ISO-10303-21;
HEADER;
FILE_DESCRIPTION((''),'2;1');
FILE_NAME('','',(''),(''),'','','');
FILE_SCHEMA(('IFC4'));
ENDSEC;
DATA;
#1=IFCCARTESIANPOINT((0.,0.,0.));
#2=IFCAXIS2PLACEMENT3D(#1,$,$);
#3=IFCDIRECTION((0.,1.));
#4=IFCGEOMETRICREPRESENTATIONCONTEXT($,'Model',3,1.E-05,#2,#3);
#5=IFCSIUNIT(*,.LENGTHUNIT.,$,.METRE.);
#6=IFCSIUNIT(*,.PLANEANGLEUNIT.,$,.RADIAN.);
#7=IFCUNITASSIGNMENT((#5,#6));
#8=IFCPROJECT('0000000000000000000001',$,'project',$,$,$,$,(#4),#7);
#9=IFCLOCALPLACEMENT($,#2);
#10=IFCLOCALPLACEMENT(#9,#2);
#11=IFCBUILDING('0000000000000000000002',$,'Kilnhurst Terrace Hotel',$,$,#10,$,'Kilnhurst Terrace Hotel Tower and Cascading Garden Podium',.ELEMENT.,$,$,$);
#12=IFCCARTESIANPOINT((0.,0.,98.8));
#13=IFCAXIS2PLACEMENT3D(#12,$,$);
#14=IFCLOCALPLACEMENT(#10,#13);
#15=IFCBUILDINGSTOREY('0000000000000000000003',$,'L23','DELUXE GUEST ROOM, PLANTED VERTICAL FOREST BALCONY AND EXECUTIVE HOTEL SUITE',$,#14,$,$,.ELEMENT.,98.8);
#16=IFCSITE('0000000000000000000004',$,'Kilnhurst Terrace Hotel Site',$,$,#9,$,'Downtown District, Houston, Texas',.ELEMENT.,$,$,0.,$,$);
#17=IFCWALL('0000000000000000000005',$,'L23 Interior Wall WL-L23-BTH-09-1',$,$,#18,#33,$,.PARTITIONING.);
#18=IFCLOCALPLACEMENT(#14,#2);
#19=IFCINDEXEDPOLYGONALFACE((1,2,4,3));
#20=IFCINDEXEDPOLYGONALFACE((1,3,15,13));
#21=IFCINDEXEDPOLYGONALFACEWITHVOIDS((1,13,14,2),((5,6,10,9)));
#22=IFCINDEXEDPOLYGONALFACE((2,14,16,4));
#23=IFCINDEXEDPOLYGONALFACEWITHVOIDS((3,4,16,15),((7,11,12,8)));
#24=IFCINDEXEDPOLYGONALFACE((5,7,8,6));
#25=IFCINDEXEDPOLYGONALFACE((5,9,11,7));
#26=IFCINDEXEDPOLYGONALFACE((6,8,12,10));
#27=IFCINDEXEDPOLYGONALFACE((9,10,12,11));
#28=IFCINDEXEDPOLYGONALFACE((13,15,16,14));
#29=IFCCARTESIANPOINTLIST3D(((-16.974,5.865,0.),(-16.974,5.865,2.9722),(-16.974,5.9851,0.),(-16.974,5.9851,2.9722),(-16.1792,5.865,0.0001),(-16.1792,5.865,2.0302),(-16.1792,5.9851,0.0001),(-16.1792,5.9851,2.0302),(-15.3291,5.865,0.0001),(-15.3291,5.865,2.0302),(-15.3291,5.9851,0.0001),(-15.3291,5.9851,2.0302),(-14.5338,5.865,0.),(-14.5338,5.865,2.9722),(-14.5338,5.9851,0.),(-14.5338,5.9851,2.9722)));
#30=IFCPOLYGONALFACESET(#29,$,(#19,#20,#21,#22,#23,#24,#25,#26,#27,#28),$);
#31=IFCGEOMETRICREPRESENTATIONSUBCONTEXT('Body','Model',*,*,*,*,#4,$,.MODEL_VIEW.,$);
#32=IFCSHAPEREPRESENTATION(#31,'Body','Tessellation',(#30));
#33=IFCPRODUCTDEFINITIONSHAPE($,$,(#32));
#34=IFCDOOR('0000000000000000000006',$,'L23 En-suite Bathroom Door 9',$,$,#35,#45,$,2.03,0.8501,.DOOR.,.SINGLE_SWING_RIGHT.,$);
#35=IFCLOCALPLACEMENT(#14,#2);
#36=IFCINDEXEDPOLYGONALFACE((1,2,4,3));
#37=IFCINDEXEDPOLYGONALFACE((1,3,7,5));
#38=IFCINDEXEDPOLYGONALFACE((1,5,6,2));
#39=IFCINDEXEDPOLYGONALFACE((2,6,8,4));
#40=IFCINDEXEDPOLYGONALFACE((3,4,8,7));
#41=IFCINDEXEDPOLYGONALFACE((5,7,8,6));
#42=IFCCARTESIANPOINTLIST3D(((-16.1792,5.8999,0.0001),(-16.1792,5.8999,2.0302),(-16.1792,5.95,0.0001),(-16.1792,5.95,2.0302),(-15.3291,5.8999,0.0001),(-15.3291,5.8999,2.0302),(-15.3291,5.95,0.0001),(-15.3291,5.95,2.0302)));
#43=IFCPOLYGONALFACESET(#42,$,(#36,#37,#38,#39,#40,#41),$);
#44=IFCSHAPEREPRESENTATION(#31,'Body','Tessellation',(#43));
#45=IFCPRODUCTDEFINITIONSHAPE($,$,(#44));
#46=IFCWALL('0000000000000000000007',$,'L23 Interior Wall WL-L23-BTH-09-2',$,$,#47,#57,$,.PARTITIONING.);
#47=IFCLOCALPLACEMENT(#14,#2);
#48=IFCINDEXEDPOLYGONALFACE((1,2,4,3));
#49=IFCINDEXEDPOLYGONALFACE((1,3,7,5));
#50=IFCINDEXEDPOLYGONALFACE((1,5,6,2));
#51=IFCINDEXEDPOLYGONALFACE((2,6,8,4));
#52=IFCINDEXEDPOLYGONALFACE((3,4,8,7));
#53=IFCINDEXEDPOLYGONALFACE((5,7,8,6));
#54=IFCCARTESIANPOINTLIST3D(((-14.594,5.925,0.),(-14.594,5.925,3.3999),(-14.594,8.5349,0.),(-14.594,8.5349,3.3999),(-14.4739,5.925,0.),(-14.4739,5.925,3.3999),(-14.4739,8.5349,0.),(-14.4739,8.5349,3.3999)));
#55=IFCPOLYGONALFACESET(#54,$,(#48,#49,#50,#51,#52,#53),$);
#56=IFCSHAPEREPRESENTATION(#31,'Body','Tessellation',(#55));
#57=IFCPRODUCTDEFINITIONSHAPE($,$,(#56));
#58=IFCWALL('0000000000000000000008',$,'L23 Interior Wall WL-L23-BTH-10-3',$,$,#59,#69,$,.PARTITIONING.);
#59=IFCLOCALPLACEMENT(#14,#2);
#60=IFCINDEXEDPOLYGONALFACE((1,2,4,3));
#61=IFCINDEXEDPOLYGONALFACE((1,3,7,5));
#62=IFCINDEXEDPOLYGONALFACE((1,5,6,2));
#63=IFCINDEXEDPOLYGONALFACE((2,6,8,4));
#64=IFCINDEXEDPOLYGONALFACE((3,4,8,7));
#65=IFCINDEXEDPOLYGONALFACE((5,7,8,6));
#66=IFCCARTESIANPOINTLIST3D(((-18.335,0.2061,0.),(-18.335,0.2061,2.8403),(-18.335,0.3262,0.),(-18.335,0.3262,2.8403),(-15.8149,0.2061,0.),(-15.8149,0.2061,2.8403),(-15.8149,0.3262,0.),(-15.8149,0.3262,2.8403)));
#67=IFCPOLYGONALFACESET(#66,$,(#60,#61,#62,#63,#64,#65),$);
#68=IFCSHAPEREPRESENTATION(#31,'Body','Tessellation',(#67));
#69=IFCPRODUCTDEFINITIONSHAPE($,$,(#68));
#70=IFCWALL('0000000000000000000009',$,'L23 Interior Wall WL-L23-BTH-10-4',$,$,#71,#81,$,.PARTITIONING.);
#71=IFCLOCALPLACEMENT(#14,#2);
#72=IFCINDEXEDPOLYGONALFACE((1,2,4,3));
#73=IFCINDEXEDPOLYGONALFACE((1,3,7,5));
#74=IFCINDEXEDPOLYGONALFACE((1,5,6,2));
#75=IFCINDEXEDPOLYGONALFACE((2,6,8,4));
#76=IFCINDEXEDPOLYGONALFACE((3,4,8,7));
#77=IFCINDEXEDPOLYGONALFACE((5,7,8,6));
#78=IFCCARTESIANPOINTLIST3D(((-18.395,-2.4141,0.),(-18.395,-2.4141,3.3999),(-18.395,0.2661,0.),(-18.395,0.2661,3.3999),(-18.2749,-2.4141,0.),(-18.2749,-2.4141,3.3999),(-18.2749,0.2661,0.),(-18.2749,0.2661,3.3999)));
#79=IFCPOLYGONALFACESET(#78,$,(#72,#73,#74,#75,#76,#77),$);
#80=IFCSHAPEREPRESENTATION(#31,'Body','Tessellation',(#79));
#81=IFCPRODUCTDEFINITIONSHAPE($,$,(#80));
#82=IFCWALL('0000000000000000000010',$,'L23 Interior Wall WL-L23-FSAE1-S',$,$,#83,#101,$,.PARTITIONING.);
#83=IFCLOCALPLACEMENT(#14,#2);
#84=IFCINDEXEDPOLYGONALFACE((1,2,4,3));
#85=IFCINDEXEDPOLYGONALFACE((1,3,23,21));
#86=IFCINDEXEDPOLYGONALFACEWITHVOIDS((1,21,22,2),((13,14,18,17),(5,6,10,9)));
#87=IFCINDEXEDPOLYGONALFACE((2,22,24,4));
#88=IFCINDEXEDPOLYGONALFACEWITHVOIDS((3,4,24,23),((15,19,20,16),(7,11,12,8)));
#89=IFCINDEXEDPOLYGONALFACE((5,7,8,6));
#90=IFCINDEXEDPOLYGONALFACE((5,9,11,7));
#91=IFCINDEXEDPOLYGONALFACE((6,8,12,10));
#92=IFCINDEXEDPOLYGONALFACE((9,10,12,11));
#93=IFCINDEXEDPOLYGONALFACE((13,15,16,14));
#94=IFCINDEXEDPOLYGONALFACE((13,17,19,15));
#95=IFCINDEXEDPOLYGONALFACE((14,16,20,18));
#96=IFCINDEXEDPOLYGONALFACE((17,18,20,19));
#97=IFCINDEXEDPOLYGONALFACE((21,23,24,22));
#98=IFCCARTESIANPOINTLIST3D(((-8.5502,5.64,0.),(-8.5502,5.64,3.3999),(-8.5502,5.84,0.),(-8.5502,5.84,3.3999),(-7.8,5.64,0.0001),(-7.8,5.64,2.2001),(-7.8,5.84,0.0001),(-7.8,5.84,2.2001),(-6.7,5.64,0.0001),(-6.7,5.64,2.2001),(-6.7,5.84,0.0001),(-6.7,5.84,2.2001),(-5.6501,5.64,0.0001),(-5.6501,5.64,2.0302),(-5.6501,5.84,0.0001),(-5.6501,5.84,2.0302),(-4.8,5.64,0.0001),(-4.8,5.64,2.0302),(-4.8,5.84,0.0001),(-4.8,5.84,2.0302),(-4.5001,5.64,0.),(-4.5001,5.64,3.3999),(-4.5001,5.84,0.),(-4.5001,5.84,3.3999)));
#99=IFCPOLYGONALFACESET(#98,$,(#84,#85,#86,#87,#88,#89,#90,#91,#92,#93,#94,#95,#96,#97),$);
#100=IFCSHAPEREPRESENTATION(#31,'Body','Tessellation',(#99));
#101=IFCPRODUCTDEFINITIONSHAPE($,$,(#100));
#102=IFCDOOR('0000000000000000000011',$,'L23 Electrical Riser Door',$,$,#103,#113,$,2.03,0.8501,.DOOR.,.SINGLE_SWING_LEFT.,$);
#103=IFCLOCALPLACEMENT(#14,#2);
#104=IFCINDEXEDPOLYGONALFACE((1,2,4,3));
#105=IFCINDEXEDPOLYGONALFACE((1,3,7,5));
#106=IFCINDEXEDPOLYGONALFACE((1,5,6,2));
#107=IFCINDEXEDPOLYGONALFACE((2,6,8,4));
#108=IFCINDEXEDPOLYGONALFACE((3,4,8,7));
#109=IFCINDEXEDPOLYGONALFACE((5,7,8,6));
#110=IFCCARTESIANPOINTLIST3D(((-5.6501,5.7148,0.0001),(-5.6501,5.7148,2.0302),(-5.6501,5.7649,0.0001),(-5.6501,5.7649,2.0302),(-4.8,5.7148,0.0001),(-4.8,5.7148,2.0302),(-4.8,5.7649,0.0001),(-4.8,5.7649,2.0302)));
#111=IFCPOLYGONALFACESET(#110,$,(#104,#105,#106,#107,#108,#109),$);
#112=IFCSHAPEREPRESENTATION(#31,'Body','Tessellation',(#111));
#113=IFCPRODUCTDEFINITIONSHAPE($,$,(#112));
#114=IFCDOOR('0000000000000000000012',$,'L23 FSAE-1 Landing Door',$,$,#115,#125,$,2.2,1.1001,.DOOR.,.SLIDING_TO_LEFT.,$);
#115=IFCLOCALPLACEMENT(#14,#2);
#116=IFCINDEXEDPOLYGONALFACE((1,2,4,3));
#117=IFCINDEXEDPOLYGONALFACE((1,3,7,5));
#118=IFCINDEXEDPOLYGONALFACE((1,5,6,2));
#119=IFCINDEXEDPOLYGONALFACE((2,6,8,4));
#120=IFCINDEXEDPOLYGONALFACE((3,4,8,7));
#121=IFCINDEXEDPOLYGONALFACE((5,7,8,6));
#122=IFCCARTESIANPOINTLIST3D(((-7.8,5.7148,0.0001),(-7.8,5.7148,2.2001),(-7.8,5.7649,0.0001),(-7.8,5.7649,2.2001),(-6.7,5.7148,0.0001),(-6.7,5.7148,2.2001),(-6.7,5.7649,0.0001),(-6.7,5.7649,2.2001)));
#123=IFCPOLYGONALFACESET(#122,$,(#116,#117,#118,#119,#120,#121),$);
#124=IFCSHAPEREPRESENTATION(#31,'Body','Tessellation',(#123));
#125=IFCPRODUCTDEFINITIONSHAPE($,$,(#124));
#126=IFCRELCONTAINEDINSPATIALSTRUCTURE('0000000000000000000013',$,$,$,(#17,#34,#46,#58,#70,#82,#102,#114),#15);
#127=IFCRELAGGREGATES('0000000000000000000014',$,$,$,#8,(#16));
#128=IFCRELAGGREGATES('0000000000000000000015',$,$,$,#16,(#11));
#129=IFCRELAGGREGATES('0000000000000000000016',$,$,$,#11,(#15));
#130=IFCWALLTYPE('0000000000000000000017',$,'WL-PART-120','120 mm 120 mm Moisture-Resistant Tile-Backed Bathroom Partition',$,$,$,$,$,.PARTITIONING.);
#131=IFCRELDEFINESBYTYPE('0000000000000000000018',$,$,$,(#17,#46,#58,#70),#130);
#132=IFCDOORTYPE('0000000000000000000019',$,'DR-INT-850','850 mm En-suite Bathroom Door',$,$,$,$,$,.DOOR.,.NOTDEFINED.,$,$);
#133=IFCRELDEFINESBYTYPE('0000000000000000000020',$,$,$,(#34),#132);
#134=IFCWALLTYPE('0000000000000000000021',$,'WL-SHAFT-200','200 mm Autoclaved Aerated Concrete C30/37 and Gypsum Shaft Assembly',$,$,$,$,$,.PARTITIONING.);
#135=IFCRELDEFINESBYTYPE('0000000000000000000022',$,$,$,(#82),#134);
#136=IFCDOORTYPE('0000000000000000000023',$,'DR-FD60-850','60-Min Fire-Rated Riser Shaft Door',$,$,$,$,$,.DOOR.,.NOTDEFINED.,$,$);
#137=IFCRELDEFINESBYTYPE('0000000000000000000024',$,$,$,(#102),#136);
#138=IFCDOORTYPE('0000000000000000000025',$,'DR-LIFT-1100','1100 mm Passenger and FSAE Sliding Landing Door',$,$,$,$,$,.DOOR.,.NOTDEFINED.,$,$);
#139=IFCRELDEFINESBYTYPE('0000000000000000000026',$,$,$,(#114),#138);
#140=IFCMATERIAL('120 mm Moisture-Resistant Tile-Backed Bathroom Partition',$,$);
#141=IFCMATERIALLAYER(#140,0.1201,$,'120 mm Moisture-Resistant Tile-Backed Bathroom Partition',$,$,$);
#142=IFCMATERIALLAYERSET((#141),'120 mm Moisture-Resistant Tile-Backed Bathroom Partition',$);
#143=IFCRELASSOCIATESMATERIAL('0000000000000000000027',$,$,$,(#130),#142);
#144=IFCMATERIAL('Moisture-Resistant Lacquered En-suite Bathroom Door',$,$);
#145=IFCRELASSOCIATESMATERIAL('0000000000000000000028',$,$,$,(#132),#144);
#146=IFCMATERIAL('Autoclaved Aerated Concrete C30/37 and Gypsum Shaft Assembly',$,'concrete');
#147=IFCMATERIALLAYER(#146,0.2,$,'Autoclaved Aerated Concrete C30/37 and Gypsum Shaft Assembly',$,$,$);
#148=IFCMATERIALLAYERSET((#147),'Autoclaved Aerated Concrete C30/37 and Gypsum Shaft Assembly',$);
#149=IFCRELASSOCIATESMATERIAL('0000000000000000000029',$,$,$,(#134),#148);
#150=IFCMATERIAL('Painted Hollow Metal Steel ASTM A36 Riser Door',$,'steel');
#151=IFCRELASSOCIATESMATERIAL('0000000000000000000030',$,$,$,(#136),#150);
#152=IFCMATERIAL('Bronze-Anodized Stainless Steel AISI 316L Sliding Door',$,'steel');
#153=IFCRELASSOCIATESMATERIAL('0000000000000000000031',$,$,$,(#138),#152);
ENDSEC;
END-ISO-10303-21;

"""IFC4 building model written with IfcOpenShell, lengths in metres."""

from ifc_helpers import new_model, si_unit, direction, frame, frame_2d, origin, place, context, subcontext, project, spatial, rectangle, extrude, material, layer, layer_set, type_object, element, fill, save


model = new_model("IFC4")

# Units and contexts
model_context = context("Model", 3, precision=1e-05, world=origin(), true_north=direction((0.0, 1.0)))
body_context = subcontext(model_context, "Body", "Model", "MODEL_VIEW")
ifc_project = project(units=[si_unit("LENGTHUNIT", "METRE"), si_unit("PLANEANGLEUNIT", "RADIAN")], contexts=[model_context])

# Site, building, storey
site_placement = place(None, origin())
site = spatial("IfcSite", under=ifc_project, at=site_placement, Name="Kilnhurst Terrace Hotel Site", LongName="Downtown District, Houston, Texas", CompositionType="ELEMENT", RefElevation=0.0)
building_placement = place(site_placement, origin())
building = spatial("IfcBuilding", under=site, at=building_placement, Name="Kilnhurst Terrace Hotel", LongName="Kilnhurst Terrace Hotel Tower and Cascading Garden Podium", CompositionType="ELEMENT")
storey_placement = place(building_placement, frame((0.0, 0.0, 98.8)))
storey = spatial("IfcBuildingStorey", under=building, at=storey_placement, Name="L23", Description="DELUXE GUEST ROOM, PLANTED VERTICAL FOREST BALCONY AND EXECUTIVE HOTEL SUITE", CompositionType="ELEMENT", Elevation=98.8)

# Wall, opening, door
ifc_material_1 = material(Name="120 mm Moisture-Resistant Tile-Backed Bathroom Partition")
ifc_layer_1 = layer(ifc_material_1, 0.1201, Name="120 mm Moisture-Resistant Tile-Backed Bathroom Partition")
ifc_layer_set_1 = layer_set([ifc_layer_1], Name="120 mm Moisture-Resistant Tile-Backed Bathroom Partition")
wall_type_1 = type_object("IfcWallType", Name="WL-PART-120", Description="120 mm 120 mm Moisture-Resistant Tile-Backed Bathroom Partition", PredefinedType="PARTITIONING", material=ifc_layer_set_1)
wall_1_placement = place(storey_placement, frame((-16.9741, 5.925, 0.0), z_axis=(0.0, 0.0, 1.0), x_axis=(1.0, 0.0, 0.0)))
wall_1 = element("IfcWall", 1, at=wall_1_placement, inside=storey, type_object=wall_type_1, Name="L23 Interior Wall WL-L23-BTH-09-1", PredefinedType="PARTITIONING", context=body_context, shape_type="SweptSolid", body=[
    extrude(rectangle(XDim=2.4402, YDim=0.1201, at=frame_2d((1.2202, 0.0))), origin(), (0.0, 0.0, 1.0), 2.9722),
])
opening_1_placement = place(wall_1_placement, frame((0.7949, 0.0, 0.0)))
opening_1 = element("IfcOpeningElement", 2, at=opening_1_placement, cuts=wall_1, PredefinedType="OPENING", context=body_context, shape_type="SweptSolid", body=[
    extrude(rectangle(XDim=0.8501, YDim=2.03, at=frame_2d((0.425, 1.0151))), frame((0.0, 0.0701, 0.0), z_axis=(0.0, -1.0, 0.0), x_axis=(1.0, 0.0, 0.0)), (0.0, 0.0, 1.0), 0.1401),
])
ifc_material_2 = material(Name="Moisture-Resistant Lacquered En-suite Bathroom Door")
door_type_1 = type_object("IfcDoorType", Name="DR-INT-850", Description="850 mm En-suite Bathroom Door", OperationType="NOTDEFINED", PredefinedType="DOOR", material=ifc_material_2)
door_1_placement = place(opening_1_placement, origin())
door_1 = element("IfcDoor", 3, at=door_1_placement, inside=storey, type_object=door_type_1, Name="L23 En-suite Bathroom Door 9", OperationType="SINGLE_SWING_RIGHT", OverallHeight=2.03, OverallWidth=0.8501, PredefinedType="DOOR", context=body_context, shape_type="SweptSolid", body=[
    extrude(rectangle(XDim=0.8501, YDim=2.03, at=frame_2d((0.425, 1.0151))), frame((0.0, 0.0249, 0.0), z_axis=(0.0, -1.0, 0.0), x_axis=(1.0, 0.0, 0.0)), (0.0, 0.0, 1.0), 0.05),
])
fill(opening_1, door_1)

# Walls
wall_2_placement = place(storey_placement, frame((-14.5339, 5.925, 0.0), z_axis=(0.0, 0.0, 1.0), x_axis=(0.0, 1.0, 0.0)))
element("IfcWall", 4, at=wall_2_placement, inside=storey, type_object=wall_type_1, Name="L23 Interior Wall WL-L23-BTH-09-2", PredefinedType="PARTITIONING", context=body_context, shape_type="SweptSolid", body=[
    extrude(rectangle(XDim=2.6099, YDim=0.1201, at=frame_2d((1.3049, 0.0))), origin(), (0.0, 0.0, 1.0), 3.3999),
])
wall_3_placement = place(storey_placement, frame((-15.8149, 0.2661, 0.0), z_axis=(0.0, 0.0, 1.0), x_axis=(-1.0, 0.0, 0.0)))
element("IfcWall", 5, at=wall_3_placement, inside=storey, type_object=wall_type_1, Name="L23 Interior Wall WL-L23-BTH-10-3", PredefinedType="PARTITIONING", context=body_context, shape_type="SweptSolid", body=[
    extrude(rectangle(XDim=2.52, YDim=0.1201, at=frame_2d((1.26, 0.0))), origin(), (0.0, 0.0, 1.0), 2.8403),
])
wall_4_placement = place(storey_placement, frame((-18.335, 0.2661, 0.0), z_axis=(0.0, 0.0, 1.0), x_axis=(0.0, -1.0, 0.0)))
element("IfcWall", 6, at=wall_4_placement, inside=storey, type_object=wall_type_1, Name="L23 Interior Wall WL-L23-BTH-10-4", PredefinedType="PARTITIONING", context=body_context, shape_type="SweptSolid", body=[
    extrude(rectangle(XDim=2.6802, YDim=0.1201, at=frame_2d((1.3401, 0.0))), origin(), (0.0, 0.0, 1.0), 3.3999),
])

# Wall, openings, doors
ifc_material_3 = material(Name="Autoclaved Aerated Concrete C30/37 and Gypsum Shaft Assembly", Category="concrete")
ifc_layer_2 = layer(ifc_material_3, 0.2, Name="Autoclaved Aerated Concrete C30/37 and Gypsum Shaft Assembly")
ifc_layer_set_2 = layer_set([ifc_layer_2], Name="Autoclaved Aerated Concrete C30/37 and Gypsum Shaft Assembly")
wall_type_2 = type_object("IfcWallType", Name="WL-SHAFT-200", Description="200 mm Autoclaved Aerated Concrete C30/37 and Gypsum Shaft Assembly", PredefinedType="PARTITIONING", material=ifc_layer_set_2)
wall_5_placement = place(storey_placement, frame((-8.55, 5.74, 0.0), z_axis=(0.0, 0.0, 1.0), x_axis=(1.0, 0.0, 0.0)))
wall_5 = element("IfcWall", 7, at=wall_5_placement, inside=storey, type_object=wall_type_2, Name="L23 Interior Wall WL-L23-FSAE1-S", PredefinedType="PARTITIONING", context=body_context, shape_type="SweptSolid", body=[
    extrude(rectangle(XDim=4.05, YDim=0.2, at=frame_2d((2.0249, 0.0))), origin(), (0.0, 0.0, 1.0), 3.3999),
])
opening_2_placement = place(wall_5_placement, frame((0.75, 0.0, 0.0)))
opening_2 = element("IfcOpeningElement", 8, at=opening_2_placement, cuts=wall_5, PredefinedType="OPENING", context=body_context, shape_type="SweptSolid", body=[
    extrude(rectangle(XDim=1.1001, YDim=2.2, at=frame_2d((0.55, 1.1001))), frame((0.0, 0.1099, 0.0), z_axis=(0.0, -1.0, 0.0), x_axis=(1.0, 0.0, 0.0)), (0.0, 0.0, 1.0), 0.22),
])
opening_3_placement = place(wall_5_placement, frame((2.8999, 0.0, 0.0)))
opening_3 = element("IfcOpeningElement", 9, at=opening_3_placement, cuts=wall_5, PredefinedType="OPENING", context=body_context, shape_type="SweptSolid", body=[
    extrude(rectangle(XDim=0.8501, YDim=2.03, at=frame_2d((0.425, 1.0151))), frame((0.0, 0.1099, 0.0), z_axis=(0.0, -1.0, 0.0), x_axis=(1.0, 0.0, 0.0)), (0.0, 0.0, 1.0), 0.22),
])
ifc_material_4 = material(Name="Painted Hollow Metal Steel ASTM A36 Riser Door", Category="steel")
door_type_2 = type_object("IfcDoorType", Name="DR-FD60-850", Description="60-Min Fire-Rated Riser Shaft Door", OperationType="NOTDEFINED", PredefinedType="DOOR", material=ifc_material_4)
door_2_placement = place(opening_3_placement, origin())
door_2 = element("IfcDoor", 10, at=door_2_placement, inside=storey, type_object=door_type_2, Name="L23 Electrical Riser Door", OperationType="SINGLE_SWING_LEFT", OverallHeight=2.03, OverallWidth=0.8501, PredefinedType="DOOR", context=body_context, shape_type="SweptSolid", body=[
    extrude(rectangle(XDim=0.8501, YDim=2.03, at=frame_2d((0.425, 1.0151))), frame((0.0, 0.0249, 0.0), z_axis=(0.0, -1.0, 0.0), x_axis=(1.0, 0.0, 0.0)), (0.0, 0.0, 1.0), 0.05),
])
fill(opening_3, door_2)
ifc_material_5 = material(Name="Bronze-Anodized Stainless Steel AISI 316L Sliding Door", Category="steel")
door_type_3 = type_object("IfcDoorType", Name="DR-LIFT-1100", Description="1100 mm Passenger and FSAE Sliding Landing Door", OperationType="NOTDEFINED", PredefinedType="DOOR", material=ifc_material_5)
door_3_placement = place(opening_2_placement, origin())
door_3 = element("IfcDoor", 11, at=door_3_placement, inside=storey, type_object=door_type_3, Name="L23 FSAE-1 Landing Door", OperationType="SLIDING_TO_LEFT", OverallHeight=2.2, OverallWidth=1.1001, PredefinedType="DOOR", context=body_context, shape_type="SweptSolid", body=[
    extrude(rectangle(XDim=1.1001, YDim=2.2, at=frame_2d((0.55, 1.1001))), frame((0.0, 0.0249, 0.0), z_axis=(0.0, -1.0, 0.0), x_axis=(1.0, 0.0, 0.0)), (0.0, 0.0, 1.0), 0.05),
])
fill(opening_2, door_3)

save(model, "model.ifc")
